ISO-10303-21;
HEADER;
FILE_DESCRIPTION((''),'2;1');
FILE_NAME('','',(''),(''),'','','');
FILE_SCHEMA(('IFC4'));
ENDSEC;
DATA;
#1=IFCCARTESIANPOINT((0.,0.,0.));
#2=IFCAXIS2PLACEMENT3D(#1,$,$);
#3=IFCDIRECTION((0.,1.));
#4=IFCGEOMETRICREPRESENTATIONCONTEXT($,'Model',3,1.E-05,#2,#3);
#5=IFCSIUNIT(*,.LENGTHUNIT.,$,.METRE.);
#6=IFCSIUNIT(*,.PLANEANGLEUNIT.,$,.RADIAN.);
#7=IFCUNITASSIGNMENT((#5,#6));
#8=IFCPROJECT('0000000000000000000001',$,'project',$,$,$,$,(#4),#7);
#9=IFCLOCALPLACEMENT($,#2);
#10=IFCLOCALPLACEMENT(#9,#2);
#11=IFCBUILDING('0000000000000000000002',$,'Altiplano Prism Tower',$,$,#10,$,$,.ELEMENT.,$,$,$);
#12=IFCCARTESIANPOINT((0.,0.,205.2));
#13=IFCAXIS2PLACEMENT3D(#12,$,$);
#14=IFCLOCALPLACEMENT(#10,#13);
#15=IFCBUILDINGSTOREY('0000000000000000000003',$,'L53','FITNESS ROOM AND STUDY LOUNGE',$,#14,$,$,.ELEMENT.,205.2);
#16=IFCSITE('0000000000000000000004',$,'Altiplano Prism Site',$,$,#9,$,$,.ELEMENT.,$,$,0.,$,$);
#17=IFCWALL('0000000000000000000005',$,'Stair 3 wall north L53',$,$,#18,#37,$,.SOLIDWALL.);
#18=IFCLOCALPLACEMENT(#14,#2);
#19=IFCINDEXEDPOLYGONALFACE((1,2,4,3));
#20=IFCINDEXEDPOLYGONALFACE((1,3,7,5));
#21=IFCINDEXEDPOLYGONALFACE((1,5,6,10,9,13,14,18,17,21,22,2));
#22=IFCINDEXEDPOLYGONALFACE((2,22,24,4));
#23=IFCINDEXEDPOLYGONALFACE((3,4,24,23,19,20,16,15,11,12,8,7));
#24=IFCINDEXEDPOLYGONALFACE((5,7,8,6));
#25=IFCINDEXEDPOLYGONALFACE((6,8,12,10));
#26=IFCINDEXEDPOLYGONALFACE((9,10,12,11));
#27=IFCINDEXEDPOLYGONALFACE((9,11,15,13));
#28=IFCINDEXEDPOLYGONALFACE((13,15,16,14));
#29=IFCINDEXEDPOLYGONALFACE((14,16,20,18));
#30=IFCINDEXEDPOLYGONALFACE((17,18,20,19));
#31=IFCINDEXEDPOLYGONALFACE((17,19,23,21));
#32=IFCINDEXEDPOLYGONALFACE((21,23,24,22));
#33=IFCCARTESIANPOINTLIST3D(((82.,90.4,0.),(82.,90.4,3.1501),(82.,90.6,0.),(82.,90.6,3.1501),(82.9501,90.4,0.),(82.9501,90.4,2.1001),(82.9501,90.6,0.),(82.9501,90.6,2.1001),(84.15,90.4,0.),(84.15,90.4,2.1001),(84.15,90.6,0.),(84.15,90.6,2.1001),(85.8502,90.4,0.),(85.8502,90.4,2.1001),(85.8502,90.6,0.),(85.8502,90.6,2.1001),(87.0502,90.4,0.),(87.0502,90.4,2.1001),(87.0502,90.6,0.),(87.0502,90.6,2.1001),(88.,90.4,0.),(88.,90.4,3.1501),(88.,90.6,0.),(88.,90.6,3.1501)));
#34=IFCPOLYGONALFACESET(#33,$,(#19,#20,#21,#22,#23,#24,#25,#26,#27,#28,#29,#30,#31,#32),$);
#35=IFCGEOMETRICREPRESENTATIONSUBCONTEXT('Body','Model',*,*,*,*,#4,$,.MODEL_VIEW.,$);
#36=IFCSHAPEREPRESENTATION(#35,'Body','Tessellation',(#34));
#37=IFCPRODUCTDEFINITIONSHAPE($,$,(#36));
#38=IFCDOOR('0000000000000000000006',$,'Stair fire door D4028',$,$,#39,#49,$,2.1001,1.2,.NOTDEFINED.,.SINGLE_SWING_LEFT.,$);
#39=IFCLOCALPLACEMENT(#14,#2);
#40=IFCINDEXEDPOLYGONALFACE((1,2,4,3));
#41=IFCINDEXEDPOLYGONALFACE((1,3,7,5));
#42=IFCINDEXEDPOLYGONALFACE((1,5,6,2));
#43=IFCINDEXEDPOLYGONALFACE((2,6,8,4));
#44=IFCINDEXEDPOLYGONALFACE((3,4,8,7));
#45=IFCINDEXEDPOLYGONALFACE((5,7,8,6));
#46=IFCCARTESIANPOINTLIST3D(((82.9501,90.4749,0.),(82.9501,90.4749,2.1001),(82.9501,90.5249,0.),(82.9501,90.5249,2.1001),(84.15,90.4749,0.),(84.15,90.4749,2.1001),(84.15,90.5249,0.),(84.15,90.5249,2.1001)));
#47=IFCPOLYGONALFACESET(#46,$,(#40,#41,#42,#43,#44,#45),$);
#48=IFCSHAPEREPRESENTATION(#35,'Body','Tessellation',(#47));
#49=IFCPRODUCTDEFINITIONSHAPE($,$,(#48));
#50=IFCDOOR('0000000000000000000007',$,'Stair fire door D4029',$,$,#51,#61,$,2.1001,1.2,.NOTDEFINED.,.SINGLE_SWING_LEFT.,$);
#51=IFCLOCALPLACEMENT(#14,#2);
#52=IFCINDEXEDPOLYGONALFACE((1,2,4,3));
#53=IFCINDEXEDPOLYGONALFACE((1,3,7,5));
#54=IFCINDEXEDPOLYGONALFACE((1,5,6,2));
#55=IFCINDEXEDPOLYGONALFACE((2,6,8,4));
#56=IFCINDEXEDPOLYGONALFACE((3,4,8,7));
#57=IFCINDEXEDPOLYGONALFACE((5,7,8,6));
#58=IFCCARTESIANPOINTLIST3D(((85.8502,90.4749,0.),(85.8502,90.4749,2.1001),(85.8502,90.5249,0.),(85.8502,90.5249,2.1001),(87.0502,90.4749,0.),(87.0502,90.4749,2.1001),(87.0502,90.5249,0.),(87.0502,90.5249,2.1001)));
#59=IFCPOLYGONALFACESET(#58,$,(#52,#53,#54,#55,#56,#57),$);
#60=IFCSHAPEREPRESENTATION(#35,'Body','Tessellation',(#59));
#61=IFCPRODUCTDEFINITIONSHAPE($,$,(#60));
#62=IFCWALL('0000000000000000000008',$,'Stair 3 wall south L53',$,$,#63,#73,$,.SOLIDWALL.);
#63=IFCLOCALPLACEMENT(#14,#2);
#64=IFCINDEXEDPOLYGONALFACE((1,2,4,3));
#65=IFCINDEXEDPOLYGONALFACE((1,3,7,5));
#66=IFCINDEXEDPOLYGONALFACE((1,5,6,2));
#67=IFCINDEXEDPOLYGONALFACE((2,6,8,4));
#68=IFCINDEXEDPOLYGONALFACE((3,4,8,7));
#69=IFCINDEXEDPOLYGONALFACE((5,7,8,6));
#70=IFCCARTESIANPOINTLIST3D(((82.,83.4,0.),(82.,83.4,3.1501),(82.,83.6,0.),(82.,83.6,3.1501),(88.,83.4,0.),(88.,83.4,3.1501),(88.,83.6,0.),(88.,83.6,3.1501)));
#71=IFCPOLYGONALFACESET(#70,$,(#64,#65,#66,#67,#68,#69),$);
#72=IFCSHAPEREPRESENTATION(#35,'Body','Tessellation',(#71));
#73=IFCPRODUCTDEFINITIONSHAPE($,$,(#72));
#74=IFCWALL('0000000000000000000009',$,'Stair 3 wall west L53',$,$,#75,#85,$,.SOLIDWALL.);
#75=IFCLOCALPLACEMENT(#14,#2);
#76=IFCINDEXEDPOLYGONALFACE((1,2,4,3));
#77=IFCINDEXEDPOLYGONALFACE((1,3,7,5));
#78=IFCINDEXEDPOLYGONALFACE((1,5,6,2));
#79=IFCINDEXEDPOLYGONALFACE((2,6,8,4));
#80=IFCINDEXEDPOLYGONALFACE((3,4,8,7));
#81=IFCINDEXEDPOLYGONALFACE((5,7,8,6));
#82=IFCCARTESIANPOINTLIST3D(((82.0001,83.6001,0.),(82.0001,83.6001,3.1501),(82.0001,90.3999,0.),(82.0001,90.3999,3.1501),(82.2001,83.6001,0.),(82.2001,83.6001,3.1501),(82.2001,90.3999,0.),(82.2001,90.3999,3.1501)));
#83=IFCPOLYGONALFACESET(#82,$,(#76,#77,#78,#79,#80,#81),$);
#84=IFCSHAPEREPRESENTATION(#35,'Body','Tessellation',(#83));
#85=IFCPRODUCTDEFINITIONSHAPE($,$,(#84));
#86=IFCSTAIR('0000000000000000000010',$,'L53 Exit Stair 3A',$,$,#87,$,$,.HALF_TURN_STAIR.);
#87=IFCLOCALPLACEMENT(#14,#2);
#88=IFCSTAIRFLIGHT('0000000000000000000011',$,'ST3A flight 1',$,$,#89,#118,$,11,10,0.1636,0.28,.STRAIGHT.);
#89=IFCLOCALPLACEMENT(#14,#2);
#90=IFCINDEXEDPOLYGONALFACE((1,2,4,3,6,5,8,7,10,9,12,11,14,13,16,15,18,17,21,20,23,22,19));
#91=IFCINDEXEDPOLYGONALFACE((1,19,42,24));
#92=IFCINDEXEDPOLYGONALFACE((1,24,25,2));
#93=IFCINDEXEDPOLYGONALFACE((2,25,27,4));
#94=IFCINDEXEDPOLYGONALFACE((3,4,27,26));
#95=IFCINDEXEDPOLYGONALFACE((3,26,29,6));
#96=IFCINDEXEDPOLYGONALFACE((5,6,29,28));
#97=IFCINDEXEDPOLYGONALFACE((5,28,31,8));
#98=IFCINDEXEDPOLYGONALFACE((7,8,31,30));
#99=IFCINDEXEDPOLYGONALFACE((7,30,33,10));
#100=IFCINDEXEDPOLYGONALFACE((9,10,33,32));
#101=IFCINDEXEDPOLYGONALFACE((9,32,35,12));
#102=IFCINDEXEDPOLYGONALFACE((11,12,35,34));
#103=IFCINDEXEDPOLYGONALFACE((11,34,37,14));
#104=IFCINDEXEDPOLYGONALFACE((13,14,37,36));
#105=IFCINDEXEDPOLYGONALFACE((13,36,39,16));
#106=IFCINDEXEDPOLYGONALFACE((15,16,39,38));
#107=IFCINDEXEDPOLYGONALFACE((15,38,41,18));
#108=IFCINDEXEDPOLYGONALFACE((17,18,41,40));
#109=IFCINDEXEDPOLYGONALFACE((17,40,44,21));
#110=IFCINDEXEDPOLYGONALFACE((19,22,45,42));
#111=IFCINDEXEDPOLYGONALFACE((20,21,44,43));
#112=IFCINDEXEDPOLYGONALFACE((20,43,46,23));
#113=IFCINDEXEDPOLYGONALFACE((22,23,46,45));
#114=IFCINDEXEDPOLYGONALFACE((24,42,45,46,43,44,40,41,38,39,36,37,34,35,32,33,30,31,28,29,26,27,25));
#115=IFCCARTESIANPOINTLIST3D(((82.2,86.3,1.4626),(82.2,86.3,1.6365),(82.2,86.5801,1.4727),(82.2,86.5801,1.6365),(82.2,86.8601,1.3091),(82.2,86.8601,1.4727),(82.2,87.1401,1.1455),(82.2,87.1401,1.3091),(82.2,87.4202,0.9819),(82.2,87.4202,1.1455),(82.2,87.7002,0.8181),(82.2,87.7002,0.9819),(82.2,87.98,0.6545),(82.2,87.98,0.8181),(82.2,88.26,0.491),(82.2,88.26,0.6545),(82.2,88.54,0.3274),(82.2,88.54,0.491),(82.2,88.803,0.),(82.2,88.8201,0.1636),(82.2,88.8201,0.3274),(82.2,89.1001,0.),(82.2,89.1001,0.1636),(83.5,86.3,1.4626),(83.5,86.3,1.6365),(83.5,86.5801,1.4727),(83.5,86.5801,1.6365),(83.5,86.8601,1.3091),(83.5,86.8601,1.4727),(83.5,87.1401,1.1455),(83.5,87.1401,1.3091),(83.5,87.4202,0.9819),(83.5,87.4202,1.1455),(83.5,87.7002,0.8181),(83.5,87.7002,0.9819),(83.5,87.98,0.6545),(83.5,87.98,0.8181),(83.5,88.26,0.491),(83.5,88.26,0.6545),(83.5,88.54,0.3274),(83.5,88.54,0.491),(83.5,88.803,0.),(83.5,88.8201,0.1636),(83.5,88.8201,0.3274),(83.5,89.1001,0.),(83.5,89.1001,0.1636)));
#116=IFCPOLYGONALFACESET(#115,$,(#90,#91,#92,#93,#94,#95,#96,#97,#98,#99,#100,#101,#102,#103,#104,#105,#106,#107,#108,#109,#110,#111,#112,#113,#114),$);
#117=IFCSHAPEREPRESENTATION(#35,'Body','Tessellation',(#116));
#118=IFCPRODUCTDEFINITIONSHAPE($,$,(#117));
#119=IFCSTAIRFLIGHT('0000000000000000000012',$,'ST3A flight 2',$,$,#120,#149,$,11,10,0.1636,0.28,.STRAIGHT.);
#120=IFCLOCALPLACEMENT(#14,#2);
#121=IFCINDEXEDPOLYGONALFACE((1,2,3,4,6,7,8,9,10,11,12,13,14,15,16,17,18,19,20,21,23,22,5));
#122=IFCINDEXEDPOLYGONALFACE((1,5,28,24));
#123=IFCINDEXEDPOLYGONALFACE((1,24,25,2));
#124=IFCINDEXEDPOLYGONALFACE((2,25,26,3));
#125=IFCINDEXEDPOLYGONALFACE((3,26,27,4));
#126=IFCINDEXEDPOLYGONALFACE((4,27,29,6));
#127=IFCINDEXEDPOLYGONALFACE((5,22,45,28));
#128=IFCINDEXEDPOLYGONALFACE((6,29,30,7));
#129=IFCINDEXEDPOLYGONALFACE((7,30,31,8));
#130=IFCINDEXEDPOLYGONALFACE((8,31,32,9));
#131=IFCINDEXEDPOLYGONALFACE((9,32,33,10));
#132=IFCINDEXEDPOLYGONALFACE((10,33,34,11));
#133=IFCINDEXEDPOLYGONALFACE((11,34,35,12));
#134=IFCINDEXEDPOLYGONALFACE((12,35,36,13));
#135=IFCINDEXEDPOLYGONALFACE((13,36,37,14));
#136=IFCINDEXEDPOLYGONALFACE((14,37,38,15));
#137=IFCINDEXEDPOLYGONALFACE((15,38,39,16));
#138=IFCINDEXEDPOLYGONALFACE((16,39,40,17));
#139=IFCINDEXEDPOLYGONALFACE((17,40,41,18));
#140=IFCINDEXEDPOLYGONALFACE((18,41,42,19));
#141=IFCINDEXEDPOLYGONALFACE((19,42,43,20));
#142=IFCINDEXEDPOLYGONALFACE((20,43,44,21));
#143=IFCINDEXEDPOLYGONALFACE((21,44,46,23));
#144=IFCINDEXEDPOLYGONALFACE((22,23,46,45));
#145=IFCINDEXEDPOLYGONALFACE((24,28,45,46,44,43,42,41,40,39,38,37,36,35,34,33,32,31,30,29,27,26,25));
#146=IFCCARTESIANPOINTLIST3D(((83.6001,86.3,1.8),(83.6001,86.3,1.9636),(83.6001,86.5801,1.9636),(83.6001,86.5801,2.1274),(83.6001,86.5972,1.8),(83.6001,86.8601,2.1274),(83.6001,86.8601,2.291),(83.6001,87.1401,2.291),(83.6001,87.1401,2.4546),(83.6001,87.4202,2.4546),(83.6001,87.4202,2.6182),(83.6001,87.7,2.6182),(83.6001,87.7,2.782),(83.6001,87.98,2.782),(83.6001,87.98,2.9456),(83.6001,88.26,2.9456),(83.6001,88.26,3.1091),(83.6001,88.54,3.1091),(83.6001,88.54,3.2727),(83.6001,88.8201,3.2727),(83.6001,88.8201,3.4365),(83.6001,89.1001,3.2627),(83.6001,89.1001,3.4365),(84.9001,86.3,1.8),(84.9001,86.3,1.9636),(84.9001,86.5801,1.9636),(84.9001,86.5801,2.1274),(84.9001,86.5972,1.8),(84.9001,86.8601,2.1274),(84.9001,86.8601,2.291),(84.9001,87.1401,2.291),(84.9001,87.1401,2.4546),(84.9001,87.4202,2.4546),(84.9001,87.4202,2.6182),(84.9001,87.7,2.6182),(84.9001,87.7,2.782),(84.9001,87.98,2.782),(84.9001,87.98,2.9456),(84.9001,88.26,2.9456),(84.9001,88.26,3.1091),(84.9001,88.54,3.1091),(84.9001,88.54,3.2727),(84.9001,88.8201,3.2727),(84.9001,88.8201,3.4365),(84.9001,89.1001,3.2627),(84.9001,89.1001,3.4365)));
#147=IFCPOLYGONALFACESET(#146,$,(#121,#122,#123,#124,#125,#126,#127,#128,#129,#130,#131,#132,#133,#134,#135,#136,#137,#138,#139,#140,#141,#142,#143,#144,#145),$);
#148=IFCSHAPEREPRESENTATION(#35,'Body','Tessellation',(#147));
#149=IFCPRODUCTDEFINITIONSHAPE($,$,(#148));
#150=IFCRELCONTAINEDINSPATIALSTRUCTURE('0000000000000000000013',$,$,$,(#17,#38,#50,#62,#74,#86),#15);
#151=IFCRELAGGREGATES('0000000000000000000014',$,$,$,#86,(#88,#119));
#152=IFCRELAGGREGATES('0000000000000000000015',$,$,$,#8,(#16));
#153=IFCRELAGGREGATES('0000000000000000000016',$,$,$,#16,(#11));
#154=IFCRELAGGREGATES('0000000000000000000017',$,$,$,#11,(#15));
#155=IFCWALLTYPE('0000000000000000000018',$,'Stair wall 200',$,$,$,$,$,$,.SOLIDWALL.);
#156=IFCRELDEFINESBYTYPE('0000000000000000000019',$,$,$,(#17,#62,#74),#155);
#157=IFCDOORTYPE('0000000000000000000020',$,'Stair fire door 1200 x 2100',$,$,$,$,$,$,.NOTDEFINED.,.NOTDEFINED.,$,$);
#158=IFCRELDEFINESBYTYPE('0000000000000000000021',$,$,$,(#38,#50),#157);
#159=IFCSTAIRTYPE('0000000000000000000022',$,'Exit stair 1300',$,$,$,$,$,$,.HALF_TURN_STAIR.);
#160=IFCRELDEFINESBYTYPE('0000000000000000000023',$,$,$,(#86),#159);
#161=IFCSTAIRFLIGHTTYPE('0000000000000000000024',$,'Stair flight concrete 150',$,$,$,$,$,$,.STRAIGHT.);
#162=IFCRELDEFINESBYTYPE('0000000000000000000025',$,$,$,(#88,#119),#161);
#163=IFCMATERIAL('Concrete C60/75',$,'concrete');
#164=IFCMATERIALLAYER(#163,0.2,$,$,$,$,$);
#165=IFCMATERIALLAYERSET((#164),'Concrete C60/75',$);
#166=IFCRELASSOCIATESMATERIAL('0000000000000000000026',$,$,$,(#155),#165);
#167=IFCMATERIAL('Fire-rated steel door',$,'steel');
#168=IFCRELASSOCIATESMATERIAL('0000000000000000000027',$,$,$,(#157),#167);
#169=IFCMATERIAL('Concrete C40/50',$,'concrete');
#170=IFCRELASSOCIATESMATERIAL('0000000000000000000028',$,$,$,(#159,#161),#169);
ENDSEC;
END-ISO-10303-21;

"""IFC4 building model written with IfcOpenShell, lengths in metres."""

from ifc_helpers import new_model, si_unit, direction, frame, frame_2d, origin, place, context, subcontext, project, spatial, polyline, rectangle, outline, extrude, material, layer, layer_set, type_object, element, fill, aggregate, save


model = new_model("IFC4")

# Units and contexts
model_context = context("Model", 3, precision=1e-05, world=origin(), true_north=direction((0.0, 1.0)))
body_context = subcontext(model_context, "Body", "Model", "MODEL_VIEW")
ifc_project = project(units=[si_unit("LENGTHUNIT", "METRE"), si_unit("PLANEANGLEUNIT", "RADIAN")], contexts=[model_context])

# Site, building, storey
site_placement = place(None, origin())
site = spatial("IfcSite", under=ifc_project, at=site_placement, Name="Altiplano Prism Site", CompositionType="ELEMENT", RefElevation=0.0)
building_placement = place(site_placement, origin())
building = spatial("IfcBuilding", under=site, at=building_placement, Name="Altiplano Prism Tower", CompositionType="ELEMENT")
storey_placement = place(building_placement, frame((0.0, 0.0, 205.2)))
storey = spatial("IfcBuildingStorey", under=building, at=storey_placement, Name="L53", Description="FITNESS ROOM AND STUDY LOUNGE", CompositionType="ELEMENT", Elevation=205.2)

# Shared definitions
ifc_material_1 = material(Name="Concrete C60/75", Category="concrete")

# Wall, openings, doors
ifc_layer_1 = layer(ifc_material_1, 0.2)
ifc_layer_set_1 = layer_set([ifc_layer_1], Name="Concrete C60/75")
wall_type_1 = type_object("IfcWallType", Name="Stair wall 200", PredefinedType="SOLIDWALL", material=ifc_layer_set_1)
wall_1_placement = place(storey_placement, frame((82.0, 90.5, 0.0), z_axis=(0.0, 0.0, 1.0), x_axis=(1.0, 0.0, 0.0)))
wall_1 = element("IfcWall", 1, at=wall_1_placement, inside=storey, type_object=wall_type_1, Name="Stair 3 wall north L53", PredefinedType="SOLIDWALL", context=body_context, shape_type="SweptSolid", body=[
    extrude(rectangle(XDim=6.0, YDim=0.2, at=frame_2d((3.0, 0.0))), origin(), (0.0, 0.0, 1.0), 3.1501),
])
opening_1_placement = place(wall_1_placement, frame((0.95, 0.0, 0.0)))
opening_1 = element("IfcOpeningElement", 2, at=opening_1_placement, cuts=wall_1, PredefinedType="OPENING", context=body_context, shape_type="SweptSolid", body=[
    extrude(rectangle(XDim=1.2, YDim=2.1001, at=frame_2d((0.6001, 1.05))), frame((0.0, 0.1104, 0.0), z_axis=(0.0, -1.0, 0.0), x_axis=(1.0, 0.0, 0.0)), (0.0, 0.0, 1.0), 0.2209),
])
opening_2_placement = place(wall_1_placement, frame((3.8501, 0.0, 0.0)))
opening_2 = element("IfcOpeningElement", 3, at=opening_2_placement, cuts=wall_1, PredefinedType="OPENING", context=body_context, shape_type="SweptSolid", body=[
    extrude(rectangle(XDim=1.2, YDim=2.1001, at=frame_2d((0.6001, 1.05))), frame((0.0, 0.1104, 0.0), z_axis=(0.0, -1.0, 0.0), x_axis=(1.0, 0.0, 0.0)), (0.0, 0.0, 1.0), 0.2209),
])
ifc_material_2 = material(Name="Fire-rated steel door", Category="steel")
door_type_1 = type_object("IfcDoorType", Name="Stair fire door 1200 x 2100", OperationType="NOTDEFINED", PredefinedType="NOTDEFINED", material=ifc_material_2)
door_1_placement = place(opening_1_placement, origin())
door_1 = element("IfcDoor", 4, at=door_1_placement, inside=storey, type_object=door_type_1, Name="Stair fire door D4028", OperationType="SINGLE_SWING_LEFT", OverallHeight=2.1001, OverallWidth=1.2, PredefinedType="NOTDEFINED", context=body_context, shape_type="SweptSolid", body=[
    extrude(rectangle(XDim=1.2, YDim=2.1001, at=frame_2d((0.6001, 1.05))), frame((0.0, 0.0249, 0.0), z_axis=(0.0, -1.0, 0.0), x_axis=(1.0, 0.0, 0.0)), (0.0, 0.0, 1.0), 0.05),
])
fill(opening_1, door_1)
door_2_placement = place(opening_2_placement, origin())
door_2 = element("IfcDoor", 5, at=door_2_placement, inside=storey, type_object=door_type_1, Name="Stair fire door D4029", OperationType="SINGLE_SWING_LEFT", OverallHeight=2.1001, OverallWidth=1.2, PredefinedType="NOTDEFINED", context=body_context, shape_type="SweptSolid", body=[
    extrude(rectangle(XDim=1.2, YDim=2.1001, at=frame_2d((0.6001, 1.05))), frame((0.0, 0.0249, 0.0), z_axis=(0.0, -1.0, 0.0), x_axis=(1.0, 0.0, 0.0)), (0.0, 0.0, 1.0), 0.05),
])
fill(opening_2, door_2)

# Walls
wall_2_placement = place(storey_placement, frame((82.0, 83.5, 0.0), z_axis=(0.0, 0.0, 1.0), x_axis=(1.0, 0.0, 0.0)))
element("IfcWall", 6, at=wall_2_placement, inside=storey, type_object=wall_type_1, Name="Stair 3 wall south L53", PredefinedType="SOLIDWALL", context=body_context, shape_type="SweptSolid", body=[
    extrude(rectangle(XDim=6.0, YDim=0.2, at=frame_2d((3.0, 0.0))), origin(), (0.0, 0.0, 1.0), 3.1501),
])
wall_3_placement = place(storey_placement, frame((82.1001, 83.6001, 0.0), z_axis=(0.0, 0.0, 1.0), x_axis=(0.0, 1.0, 0.0)))
element("IfcWall", 7, at=wall_3_placement, inside=storey, type_object=wall_type_1, Name="Stair 3 wall west L53", PredefinedType="SOLIDWALL", context=body_context, shape_type="SweptSolid", body=[
    extrude(rectangle(XDim=6.7998, YDim=0.2, at=frame_2d((3.3999, 0.0))), origin(), (0.0, 0.0, 1.0), 3.1501),
])

# Stair, stair flights
ifc_material_3 = material(Name="Concrete C40/50", Category="concrete")
stair_type = type_object("IfcStairType", Name="Exit stair 1300", PredefinedType="HALF_TURN_STAIR", material=ifc_material_3)
stair_placement = place(storey_placement, origin())
stair = element("IfcStair", 8, at=stair_placement, inside=storey, type_object=stair_type, Name="L53 Exit Stair 3A", PredefinedType="HALF_TURN_STAIR")
stair_flight_type = type_object("IfcStairFlightType", Name="Stair flight concrete 150", PredefinedType="STRAIGHT", material=ifc_material_3)
stair_flight_1_placement = place(storey_placement, frame((82.8501, 89.1001, 0.0), z_axis=(0.0, 0.0, 1.0), x_axis=(0.0, -1.0, 0.0)))
stair_flight_1 = element("IfcStairFlight", 9, at=stair_flight_1_placement, type_object=stair_flight_type, Name="ST3A flight 1", NumberOfRisers=11, NumberOfTreads=10, PredefinedType="STRAIGHT", RiserHeight=0.1636, TreadLength=0.28, context=body_context, shape_type="SweptSolid", body=[
    extrude(outline(polyline([(0.0, 0.0), (0.0, 0.1636), (0.28, 0.1636), (0.28, 0.3274), (0.5601, 0.3274), (0.5601, 0.491), (0.8401, 0.491), (0.8401, 0.6545), (1.1201, 0.6545), (1.1201, 0.8181), (1.3999, 0.8181), (1.3999, 0.9819), (1.6799, 0.9819), (1.6799, 1.1455), (1.96, 1.1455), (1.96, 1.3091), (2.24, 1.3091), (2.24, 1.4727), (2.52, 1.4727), (2.52, 1.6365), (2.8, 1.6365), (2.8, 1.8), (2.8, 1.4626), (0.2971, 0.0), (0.0, 0.0)])), frame((0.0, 0.6499, 0.0), z_axis=(0.0, -1.0, 0.0), x_axis=(1.0, 0.0, 0.0)), (0.0, 0.0, 1.0), 1.3),
])
stair_flight_2_placement = place(storey_placement, frame((84.25, 86.3, 1.8), z_axis=(0.0, 0.0, 1.0), x_axis=(0.0, 1.0, 0.0)))
stair_flight_2 = element("IfcStairFlight", 10, at=stair_flight_2_placement, type_object=stair_flight_type, Name="ST3A flight 2", NumberOfRisers=11, NumberOfTreads=10, PredefinedType="STRAIGHT", RiserHeight=0.1636, TreadLength=0.28, context=body_context, shape_type="SweptSolid", body=[
    extrude(outline(polyline([(0.0, 0.0), (0.0, 0.1636), (0.28, 0.1636), (0.28, 0.3274), (0.5601, 0.3274), (0.5601, 0.491), (0.8401, 0.491), (0.8401, 0.6545), (1.1201, 0.6545), (1.1201, 0.8181), (1.3999, 0.8181), (1.3999, 0.9819), (1.6799, 0.9819), (1.6799, 1.1455), (1.96, 1.1455), (1.96, 1.3091), (2.24, 1.3091), (2.24, 1.4727), (2.52, 1.4727), (2.52, 1.6365), (2.8, 1.6365), (2.8, 1.8), (2.8, 1.4626), (0.2971, 0.0), (0.0, 0.0)])), frame((0.0, 0.6499, 0.0), z_axis=(0.0, -1.0, 0.0), x_axis=(1.0, 0.0, 0.0)), (0.0, 0.0, 1.0), 1.3),
])
aggregate(stair, [stair_flight_1, stair_flight_2])

save(model, "model.ifc")
